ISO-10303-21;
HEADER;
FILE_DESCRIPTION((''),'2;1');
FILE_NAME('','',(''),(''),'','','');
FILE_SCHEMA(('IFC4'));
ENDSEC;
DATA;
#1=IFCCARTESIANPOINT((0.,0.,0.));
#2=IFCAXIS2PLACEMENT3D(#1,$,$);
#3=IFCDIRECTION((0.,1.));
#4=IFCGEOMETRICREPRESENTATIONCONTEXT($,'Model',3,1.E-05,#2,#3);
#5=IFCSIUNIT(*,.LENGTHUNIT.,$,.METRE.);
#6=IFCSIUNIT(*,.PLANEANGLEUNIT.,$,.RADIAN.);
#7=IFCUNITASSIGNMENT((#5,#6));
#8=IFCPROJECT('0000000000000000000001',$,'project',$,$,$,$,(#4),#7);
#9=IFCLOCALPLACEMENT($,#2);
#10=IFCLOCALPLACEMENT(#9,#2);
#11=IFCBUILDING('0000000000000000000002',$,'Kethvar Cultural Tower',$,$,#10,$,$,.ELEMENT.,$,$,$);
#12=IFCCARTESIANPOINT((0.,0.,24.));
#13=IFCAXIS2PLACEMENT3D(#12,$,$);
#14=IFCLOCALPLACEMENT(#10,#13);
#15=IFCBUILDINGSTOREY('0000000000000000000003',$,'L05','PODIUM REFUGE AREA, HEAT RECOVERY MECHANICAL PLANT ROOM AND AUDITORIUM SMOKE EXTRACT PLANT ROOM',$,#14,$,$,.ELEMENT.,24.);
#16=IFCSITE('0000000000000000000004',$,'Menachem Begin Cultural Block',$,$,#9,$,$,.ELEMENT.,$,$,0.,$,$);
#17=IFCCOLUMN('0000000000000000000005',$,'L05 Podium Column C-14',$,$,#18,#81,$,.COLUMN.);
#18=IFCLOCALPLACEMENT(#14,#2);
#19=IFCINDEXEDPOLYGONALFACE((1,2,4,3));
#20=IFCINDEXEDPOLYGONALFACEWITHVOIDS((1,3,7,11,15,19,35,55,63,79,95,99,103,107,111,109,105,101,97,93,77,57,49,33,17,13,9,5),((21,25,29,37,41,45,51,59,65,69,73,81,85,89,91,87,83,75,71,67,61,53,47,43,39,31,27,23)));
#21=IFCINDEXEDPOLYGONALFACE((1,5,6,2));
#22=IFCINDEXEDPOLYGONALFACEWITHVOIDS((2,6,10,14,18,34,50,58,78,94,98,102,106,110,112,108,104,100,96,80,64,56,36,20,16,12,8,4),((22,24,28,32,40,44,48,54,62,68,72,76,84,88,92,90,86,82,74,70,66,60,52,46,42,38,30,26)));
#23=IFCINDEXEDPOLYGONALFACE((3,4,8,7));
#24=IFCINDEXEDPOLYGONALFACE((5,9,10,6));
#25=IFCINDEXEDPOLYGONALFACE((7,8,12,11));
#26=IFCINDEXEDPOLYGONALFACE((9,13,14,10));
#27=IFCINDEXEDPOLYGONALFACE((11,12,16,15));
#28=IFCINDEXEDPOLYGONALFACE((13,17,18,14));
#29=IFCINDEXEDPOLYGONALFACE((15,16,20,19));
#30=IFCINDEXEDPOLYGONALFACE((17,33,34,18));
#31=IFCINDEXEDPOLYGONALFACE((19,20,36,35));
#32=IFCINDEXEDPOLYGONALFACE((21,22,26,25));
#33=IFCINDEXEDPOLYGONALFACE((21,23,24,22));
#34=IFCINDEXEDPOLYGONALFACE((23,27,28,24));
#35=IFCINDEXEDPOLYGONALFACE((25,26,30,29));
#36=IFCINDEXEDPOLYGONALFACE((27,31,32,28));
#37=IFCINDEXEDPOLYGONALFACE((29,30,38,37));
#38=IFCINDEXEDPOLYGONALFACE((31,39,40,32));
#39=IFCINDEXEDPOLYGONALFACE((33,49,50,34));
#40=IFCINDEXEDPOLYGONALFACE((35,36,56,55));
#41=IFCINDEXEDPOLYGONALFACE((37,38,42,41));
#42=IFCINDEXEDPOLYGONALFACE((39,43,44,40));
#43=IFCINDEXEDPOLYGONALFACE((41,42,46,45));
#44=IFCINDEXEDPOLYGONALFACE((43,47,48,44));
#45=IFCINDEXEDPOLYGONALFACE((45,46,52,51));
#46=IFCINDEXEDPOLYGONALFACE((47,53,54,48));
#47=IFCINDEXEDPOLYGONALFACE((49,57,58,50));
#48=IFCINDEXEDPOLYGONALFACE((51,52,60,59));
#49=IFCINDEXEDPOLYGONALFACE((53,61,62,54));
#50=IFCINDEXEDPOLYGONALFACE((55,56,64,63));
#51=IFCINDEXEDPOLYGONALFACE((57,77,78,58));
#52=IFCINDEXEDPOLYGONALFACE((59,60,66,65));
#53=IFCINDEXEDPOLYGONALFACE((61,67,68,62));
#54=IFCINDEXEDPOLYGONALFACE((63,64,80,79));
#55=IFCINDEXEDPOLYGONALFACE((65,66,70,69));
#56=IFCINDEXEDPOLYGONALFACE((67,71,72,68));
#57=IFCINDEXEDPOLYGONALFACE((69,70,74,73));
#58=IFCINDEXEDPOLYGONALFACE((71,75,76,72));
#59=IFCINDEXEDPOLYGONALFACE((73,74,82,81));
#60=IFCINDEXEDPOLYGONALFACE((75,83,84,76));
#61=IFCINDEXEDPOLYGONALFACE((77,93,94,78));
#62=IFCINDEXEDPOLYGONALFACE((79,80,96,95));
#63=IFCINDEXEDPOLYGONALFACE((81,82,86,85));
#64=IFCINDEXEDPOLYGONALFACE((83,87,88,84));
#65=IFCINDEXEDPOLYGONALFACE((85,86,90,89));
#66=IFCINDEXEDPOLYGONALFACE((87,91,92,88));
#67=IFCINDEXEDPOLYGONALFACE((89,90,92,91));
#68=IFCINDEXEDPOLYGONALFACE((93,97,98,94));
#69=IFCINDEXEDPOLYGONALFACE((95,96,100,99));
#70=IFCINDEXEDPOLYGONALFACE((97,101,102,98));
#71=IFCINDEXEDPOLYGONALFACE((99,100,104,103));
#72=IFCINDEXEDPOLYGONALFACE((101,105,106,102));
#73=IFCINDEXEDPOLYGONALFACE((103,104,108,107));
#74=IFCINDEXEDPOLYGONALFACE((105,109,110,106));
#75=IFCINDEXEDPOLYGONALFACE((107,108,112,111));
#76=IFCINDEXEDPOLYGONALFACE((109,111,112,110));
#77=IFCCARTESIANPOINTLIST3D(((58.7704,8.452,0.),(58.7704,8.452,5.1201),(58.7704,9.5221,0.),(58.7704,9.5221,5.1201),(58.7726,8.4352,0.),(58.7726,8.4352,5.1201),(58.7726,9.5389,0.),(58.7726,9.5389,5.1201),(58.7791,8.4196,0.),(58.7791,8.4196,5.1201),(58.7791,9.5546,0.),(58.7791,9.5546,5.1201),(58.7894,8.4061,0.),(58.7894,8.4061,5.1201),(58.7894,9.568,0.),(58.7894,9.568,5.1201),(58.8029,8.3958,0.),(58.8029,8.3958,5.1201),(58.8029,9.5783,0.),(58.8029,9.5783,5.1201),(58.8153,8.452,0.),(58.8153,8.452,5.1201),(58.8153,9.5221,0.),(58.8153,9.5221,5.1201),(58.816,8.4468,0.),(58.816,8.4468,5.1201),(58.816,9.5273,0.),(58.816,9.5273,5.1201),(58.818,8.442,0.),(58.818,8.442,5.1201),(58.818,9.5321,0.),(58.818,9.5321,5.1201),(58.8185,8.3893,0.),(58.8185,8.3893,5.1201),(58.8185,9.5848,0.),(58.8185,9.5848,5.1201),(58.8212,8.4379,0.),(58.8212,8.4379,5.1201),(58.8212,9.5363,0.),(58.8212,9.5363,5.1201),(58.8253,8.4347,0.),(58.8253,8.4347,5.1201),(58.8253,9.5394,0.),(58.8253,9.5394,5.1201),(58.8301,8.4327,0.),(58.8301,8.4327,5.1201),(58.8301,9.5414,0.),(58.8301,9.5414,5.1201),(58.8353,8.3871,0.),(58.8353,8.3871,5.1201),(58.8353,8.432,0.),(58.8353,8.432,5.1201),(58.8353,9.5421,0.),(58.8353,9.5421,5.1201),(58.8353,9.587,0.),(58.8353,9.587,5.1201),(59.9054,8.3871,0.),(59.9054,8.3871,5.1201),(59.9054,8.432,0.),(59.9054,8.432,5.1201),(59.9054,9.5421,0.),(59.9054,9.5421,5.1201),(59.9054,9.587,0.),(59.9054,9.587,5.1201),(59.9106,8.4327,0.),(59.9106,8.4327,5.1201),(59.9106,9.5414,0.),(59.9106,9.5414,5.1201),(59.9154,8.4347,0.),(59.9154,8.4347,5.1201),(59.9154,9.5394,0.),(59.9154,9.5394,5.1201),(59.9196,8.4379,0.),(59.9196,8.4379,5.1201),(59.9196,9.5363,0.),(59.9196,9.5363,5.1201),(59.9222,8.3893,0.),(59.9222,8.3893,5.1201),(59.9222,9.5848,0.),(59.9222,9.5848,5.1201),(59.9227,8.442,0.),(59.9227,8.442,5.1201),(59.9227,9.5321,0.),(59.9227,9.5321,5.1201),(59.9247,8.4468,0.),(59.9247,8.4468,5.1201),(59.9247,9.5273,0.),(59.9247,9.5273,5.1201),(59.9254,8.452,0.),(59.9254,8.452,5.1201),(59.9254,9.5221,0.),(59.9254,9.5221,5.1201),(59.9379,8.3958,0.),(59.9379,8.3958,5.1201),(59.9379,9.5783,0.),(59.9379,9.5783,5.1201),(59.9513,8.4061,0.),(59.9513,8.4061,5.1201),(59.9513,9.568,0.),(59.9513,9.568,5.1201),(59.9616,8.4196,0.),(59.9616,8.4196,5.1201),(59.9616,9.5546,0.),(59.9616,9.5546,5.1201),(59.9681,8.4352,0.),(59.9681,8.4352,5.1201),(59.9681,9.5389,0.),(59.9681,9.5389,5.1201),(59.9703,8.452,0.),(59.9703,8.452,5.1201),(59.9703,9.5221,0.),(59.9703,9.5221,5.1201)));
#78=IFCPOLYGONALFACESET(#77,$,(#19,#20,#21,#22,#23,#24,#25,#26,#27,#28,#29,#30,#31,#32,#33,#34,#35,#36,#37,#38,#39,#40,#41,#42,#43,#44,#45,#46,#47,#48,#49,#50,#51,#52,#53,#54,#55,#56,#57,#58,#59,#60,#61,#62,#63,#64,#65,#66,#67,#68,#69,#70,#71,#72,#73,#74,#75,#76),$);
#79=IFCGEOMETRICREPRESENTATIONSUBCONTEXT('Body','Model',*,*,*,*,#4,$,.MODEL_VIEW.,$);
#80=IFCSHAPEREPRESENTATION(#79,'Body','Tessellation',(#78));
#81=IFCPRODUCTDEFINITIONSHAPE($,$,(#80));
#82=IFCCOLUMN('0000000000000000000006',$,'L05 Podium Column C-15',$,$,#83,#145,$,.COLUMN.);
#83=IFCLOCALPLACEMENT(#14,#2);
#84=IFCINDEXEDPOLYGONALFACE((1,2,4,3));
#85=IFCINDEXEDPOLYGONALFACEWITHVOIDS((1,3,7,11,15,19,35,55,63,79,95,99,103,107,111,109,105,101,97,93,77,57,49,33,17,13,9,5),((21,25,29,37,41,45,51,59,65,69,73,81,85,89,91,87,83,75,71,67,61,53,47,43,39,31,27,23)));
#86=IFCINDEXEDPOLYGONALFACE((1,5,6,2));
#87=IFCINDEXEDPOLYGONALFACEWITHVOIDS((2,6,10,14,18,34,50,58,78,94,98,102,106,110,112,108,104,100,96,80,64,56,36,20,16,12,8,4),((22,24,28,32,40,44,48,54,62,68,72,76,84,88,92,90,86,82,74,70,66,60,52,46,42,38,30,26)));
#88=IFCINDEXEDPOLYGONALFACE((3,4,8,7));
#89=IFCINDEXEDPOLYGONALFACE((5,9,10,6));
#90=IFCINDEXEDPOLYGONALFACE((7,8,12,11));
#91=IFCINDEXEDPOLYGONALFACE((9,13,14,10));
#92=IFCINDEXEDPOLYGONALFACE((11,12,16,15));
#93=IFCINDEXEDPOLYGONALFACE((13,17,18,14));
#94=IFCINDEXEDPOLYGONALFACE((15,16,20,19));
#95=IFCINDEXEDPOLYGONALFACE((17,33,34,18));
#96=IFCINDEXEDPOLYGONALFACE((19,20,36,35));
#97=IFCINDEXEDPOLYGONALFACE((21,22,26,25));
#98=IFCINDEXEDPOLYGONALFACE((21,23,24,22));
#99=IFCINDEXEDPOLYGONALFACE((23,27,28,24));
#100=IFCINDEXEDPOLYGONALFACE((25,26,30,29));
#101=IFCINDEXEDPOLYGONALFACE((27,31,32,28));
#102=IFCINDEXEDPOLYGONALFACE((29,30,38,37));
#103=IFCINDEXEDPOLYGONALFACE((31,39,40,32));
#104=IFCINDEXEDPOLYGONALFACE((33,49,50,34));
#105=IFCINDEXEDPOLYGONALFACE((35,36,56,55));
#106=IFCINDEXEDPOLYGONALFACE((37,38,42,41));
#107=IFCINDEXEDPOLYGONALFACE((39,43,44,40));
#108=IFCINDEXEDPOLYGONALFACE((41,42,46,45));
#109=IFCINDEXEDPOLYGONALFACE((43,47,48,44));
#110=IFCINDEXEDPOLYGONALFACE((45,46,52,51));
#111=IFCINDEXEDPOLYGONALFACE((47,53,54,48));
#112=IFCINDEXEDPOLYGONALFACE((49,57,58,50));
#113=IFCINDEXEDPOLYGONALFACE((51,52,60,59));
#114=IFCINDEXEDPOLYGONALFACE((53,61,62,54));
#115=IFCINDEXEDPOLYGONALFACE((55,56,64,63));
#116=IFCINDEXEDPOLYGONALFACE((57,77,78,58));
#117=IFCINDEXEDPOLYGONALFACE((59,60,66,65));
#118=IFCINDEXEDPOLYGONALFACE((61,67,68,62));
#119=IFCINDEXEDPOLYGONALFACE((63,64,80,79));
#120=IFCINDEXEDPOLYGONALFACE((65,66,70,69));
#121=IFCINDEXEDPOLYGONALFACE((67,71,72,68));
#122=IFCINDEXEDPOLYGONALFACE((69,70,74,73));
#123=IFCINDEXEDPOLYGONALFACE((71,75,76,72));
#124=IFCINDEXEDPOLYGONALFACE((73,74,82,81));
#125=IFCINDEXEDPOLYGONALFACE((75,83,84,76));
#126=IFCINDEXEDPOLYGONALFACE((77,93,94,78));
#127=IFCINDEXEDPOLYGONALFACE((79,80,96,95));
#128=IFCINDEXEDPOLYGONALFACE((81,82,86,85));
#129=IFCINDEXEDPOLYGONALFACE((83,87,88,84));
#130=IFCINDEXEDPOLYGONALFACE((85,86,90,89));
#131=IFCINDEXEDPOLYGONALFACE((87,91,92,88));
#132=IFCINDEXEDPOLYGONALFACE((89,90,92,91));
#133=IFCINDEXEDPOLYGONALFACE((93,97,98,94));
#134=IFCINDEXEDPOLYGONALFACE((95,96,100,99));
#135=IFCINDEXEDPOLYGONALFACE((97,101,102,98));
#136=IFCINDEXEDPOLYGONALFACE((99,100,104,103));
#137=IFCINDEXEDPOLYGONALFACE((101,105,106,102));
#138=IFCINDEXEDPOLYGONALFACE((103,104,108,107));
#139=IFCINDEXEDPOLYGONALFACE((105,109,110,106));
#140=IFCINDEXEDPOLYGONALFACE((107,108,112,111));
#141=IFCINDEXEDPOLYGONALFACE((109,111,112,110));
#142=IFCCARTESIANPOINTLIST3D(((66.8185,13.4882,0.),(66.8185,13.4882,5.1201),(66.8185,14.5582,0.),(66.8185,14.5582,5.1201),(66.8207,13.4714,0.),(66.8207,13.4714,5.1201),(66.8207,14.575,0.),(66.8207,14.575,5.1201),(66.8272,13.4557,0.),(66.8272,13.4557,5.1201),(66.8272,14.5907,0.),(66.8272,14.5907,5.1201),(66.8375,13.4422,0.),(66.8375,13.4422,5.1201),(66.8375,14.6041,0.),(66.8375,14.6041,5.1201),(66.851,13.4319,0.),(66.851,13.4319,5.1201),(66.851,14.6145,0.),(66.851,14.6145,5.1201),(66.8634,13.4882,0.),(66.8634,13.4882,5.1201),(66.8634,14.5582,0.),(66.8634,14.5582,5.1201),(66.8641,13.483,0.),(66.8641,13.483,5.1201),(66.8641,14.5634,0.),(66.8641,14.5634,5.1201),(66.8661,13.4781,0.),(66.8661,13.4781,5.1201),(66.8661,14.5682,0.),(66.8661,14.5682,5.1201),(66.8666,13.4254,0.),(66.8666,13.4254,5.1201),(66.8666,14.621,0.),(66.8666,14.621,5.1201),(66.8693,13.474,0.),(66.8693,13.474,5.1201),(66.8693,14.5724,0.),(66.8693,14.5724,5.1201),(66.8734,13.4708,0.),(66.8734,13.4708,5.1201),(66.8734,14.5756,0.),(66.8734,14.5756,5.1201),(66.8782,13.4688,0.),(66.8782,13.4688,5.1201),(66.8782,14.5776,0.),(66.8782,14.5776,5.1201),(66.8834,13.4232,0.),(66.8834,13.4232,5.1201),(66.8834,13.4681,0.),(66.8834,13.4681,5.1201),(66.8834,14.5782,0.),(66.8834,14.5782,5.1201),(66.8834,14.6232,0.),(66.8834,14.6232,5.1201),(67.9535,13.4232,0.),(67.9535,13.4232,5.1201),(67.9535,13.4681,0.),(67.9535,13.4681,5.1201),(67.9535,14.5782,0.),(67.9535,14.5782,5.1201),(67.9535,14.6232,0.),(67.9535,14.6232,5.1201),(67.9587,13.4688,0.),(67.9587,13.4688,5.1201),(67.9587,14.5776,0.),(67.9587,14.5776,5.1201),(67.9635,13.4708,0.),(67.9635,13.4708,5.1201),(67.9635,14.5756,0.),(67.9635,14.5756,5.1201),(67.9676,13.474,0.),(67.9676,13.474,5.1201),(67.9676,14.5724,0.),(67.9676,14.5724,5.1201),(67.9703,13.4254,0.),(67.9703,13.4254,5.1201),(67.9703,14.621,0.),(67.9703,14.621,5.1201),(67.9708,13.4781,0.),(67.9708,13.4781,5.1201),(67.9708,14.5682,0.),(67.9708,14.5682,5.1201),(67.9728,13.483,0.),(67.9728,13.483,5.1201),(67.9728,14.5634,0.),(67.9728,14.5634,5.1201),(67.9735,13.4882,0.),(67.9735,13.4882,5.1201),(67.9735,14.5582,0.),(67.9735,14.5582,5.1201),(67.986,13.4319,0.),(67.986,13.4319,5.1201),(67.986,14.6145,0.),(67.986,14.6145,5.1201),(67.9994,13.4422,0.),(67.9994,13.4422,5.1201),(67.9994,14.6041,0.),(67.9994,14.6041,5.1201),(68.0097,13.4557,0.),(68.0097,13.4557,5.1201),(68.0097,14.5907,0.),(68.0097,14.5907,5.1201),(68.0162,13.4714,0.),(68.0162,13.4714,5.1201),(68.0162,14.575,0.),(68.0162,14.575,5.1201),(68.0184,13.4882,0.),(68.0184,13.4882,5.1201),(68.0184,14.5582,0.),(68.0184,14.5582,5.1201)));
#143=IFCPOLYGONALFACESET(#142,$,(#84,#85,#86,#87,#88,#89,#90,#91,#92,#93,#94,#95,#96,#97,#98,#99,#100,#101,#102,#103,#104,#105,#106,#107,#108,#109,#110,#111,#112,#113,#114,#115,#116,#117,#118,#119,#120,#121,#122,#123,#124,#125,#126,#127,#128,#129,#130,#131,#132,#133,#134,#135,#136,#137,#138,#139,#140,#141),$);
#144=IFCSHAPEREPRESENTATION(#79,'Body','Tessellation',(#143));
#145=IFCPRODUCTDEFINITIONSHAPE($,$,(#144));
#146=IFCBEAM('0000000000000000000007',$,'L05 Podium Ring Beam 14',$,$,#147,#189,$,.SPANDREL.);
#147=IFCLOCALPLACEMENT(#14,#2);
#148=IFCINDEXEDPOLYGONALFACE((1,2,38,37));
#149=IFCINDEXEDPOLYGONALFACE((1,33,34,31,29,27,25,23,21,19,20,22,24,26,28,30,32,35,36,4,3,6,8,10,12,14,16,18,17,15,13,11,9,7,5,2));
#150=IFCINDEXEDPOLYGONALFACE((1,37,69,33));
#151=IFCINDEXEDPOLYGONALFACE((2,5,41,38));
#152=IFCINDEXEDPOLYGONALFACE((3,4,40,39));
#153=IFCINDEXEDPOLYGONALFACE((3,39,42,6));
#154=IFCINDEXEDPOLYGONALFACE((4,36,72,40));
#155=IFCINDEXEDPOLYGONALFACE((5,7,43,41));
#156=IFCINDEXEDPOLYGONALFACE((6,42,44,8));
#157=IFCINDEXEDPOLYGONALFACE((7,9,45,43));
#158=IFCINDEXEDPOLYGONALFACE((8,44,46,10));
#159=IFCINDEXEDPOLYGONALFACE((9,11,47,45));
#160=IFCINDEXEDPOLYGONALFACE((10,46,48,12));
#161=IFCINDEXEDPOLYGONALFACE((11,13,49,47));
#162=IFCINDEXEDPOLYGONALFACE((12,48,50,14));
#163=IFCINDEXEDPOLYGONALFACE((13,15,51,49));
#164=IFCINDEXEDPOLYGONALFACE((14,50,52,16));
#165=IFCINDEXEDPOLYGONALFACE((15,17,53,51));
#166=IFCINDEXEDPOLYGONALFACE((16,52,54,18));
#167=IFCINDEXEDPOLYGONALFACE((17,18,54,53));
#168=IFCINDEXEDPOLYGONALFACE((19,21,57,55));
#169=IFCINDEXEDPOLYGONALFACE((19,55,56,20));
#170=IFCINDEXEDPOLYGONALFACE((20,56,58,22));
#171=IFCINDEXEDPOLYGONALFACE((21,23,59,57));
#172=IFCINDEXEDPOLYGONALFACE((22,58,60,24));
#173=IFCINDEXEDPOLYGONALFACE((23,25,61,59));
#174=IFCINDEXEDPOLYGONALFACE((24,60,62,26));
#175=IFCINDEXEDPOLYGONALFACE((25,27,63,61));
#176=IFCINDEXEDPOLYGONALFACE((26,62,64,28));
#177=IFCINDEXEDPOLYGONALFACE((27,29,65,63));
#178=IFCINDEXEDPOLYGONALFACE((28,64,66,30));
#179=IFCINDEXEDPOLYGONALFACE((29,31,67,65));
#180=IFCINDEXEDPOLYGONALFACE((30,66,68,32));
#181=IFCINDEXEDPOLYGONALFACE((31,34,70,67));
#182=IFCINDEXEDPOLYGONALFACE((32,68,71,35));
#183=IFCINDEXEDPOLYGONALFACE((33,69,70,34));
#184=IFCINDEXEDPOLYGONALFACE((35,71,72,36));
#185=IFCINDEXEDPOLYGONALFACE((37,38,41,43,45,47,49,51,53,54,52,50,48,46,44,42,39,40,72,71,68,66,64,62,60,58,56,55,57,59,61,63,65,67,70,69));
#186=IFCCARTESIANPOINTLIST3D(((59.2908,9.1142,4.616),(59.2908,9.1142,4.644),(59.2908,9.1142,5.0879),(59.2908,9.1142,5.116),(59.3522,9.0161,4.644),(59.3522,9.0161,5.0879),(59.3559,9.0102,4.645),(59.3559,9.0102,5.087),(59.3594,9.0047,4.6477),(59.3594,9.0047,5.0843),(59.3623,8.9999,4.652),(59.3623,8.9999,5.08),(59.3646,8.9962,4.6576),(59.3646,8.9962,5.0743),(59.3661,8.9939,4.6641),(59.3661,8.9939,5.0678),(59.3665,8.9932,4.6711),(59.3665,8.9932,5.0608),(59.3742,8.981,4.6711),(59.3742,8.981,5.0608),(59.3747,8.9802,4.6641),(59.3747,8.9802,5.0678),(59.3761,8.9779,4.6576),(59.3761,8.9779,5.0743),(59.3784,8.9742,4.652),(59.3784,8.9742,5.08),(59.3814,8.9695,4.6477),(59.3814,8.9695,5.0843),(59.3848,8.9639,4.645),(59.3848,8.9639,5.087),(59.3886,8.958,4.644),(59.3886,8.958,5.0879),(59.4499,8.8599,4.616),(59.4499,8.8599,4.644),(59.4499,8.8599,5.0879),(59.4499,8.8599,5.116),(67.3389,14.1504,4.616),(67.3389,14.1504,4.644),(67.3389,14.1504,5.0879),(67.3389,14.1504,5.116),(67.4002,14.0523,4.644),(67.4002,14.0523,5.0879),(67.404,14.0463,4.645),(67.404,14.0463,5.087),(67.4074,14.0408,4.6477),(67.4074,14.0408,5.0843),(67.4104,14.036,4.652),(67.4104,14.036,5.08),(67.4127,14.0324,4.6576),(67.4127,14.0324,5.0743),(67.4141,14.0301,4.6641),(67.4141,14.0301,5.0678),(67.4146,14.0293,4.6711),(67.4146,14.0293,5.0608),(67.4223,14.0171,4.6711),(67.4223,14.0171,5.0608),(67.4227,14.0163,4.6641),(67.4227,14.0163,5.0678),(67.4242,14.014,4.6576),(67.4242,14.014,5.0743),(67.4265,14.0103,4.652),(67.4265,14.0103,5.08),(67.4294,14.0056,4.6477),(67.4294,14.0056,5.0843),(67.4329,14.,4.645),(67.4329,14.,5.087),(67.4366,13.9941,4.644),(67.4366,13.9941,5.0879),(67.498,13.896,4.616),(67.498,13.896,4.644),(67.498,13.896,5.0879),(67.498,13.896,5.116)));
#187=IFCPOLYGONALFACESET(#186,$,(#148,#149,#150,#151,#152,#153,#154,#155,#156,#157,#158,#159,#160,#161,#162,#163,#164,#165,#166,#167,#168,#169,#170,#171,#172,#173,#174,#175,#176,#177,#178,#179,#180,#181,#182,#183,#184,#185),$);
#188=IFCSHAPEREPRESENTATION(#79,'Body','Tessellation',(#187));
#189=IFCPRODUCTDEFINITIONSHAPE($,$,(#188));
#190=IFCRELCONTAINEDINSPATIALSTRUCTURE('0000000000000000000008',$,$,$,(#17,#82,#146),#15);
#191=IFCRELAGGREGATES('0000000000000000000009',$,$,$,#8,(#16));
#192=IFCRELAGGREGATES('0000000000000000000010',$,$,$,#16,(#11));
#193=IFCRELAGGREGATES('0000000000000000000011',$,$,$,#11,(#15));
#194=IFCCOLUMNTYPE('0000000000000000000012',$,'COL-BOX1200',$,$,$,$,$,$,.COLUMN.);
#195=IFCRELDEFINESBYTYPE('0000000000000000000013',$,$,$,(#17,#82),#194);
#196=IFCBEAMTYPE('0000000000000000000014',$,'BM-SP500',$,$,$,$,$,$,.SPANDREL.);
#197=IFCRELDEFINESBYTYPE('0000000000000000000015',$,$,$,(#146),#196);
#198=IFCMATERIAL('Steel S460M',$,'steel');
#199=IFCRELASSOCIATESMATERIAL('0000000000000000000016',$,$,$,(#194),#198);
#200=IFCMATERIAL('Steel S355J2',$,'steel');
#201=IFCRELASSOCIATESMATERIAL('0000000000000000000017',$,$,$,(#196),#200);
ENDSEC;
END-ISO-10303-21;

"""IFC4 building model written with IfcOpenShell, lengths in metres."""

from ifc_helpers import new_model, si_unit, direction, frame, origin, origin_2d, place, context, subcontext, project, spatial, hollow_rectangle, i_section, extrude, source, transform, mapped, material, material_profile, profile_set, type_object, element, save


model = new_model("IFC4")

# Units and contexts
model_context = context("Model", 3, precision=1e-05, world=origin(), true_north=direction((0.0, 1.0)))
body_context = subcontext(model_context, "Body", "Model", "MODEL_VIEW")
ifc_project = project(units=[si_unit("LENGTHUNIT", "METRE"), si_unit("PLANEANGLEUNIT", "RADIAN")], contexts=[model_context])

# Site, building, storey
site_placement = place(None, origin())
site = spatial("IfcSite", under=ifc_project, at=site_placement, Name="Menachem Begin Cultural Block", CompositionType="ELEMENT", RefElevation=0.0)
building_placement = place(site_placement, origin())
building = spatial("IfcBuilding", under=site, at=building_placement, Name="Kethvar Cultural Tower", CompositionType="ELEMENT")
storey_placement = place(building_placement, frame((0.0, 0.0, 24.0)))
storey = spatial("IfcBuildingStorey", under=building, at=storey_placement, Name="L05", Description="PODIUM REFUGE AREA, HEAT RECOVERY MECHANICAL PLANT ROOM AND AUDITORIUM SMOKE EXTRACT PLANT ROOM", CompositionType="ELEMENT", Elevation=24.0)

# Columns
ifc_material_1 = material(Name="Steel S460M", Category="steel")
ifc_material_profile_1 = material_profile(ifc_material_1, hollow_rectangle(XDim=1.2, YDim=1.2, WallThickness=0.0449, InnerFilletRadius=0.02, OuterFilletRadius=0.0649, at=origin_2d()), Name="Steel S460M — BOX1200x1200x45")
ifc_profile_set_1 = profile_set([ifc_material_profile_1], Name="Steel S460M — BOX1200x1200x45")
column_type = type_object("IfcColumnType", Name="COL-BOX1200", PredefinedType="COLUMN", material=ifc_profile_set_1)
shared_shape_1 = source(origin(), body_context, "Body", "SweptSolid", [
    extrude(hollow_rectangle(XDim=1.2, YDim=1.2, WallThickness=0.0449, InnerFilletRadius=0.02, OuterFilletRadius=0.0649, at=origin_2d()), origin(), (0.0, 0.0, 1.0), 5.1201),
])
for number, where, z_axis, x_axis, name in (
    (1, (59.3704, 8.9871, 0.0), (0.0, 0.0, 1.0), (1.0, 0.0, 0.0), "L05 Podium Column C-14"),
    (2, (67.4185, 14.0232, 0.0), (0.0, 0.0, 1.0), (1.0, 0.0, 0.0), "L05 Podium Column C-15"),
):
    element("IfcColumn", number, at=place(storey_placement, frame(where, z_axis=z_axis, x_axis=x_axis)), inside=storey, type_object=column_type, Name=name, PredefinedType="COLUMN", context=body_context, shape_type="MappedRepresentation", body=[
        mapped(shared_shape_1, transform((0.0, 0.0, 0.0), scale=1.0)),
    ])

# Beam
ifc_material_2 = material(Name="Steel S355J2", Category="steel")
ifc_material_profile_2 = material_profile(ifc_material_2, i_section(OverallWidth=0.3, OverallDepth=0.5, WebThickness=0.0144, FlangeThickness=0.0281, FilletRadius=0.0271, at=origin_2d()), Name="Steel S355J2 — HEB500")
ifc_profile_set_2 = profile_set([ifc_material_profile_2], Name="Steel S355J2 — HEB500")
beam_type = type_object("IfcBeamType", Name="BM-SP500", PredefinedType="SPANDREL", material=ifc_profile_set_2)
shared_shape_2 = source(origin(), body_context, "Body", "SweptSolid", [
    extrude(i_section(OverallWidth=0.3, OverallDepth=0.5, WebThickness=0.0144, FlangeThickness=0.0281, FilletRadius=0.0271, at=origin_2d()), origin(), (0.0, 0.0, 1.0), 9.4939),
])
beam_1_placement = place(storey_placement, frame((59.3704, 8.9871, 4.866), z_axis=(0.847711, 0.530459, 0.0), x_axis=(-0.530459, 0.847711, 0.0)))
element("IfcBeam", 3, at=beam_1_placement, inside=storey, type_object=beam_type, Name="L05 Podium Ring Beam 14", PredefinedType="SPANDREL", context=body_context, shape_type="MappedRepresentation", body=[
    mapped(shared_shape_2, transform((0.0, 0.0, 0.0), scale=1.0)),
])

save(model, "model.ifc")
